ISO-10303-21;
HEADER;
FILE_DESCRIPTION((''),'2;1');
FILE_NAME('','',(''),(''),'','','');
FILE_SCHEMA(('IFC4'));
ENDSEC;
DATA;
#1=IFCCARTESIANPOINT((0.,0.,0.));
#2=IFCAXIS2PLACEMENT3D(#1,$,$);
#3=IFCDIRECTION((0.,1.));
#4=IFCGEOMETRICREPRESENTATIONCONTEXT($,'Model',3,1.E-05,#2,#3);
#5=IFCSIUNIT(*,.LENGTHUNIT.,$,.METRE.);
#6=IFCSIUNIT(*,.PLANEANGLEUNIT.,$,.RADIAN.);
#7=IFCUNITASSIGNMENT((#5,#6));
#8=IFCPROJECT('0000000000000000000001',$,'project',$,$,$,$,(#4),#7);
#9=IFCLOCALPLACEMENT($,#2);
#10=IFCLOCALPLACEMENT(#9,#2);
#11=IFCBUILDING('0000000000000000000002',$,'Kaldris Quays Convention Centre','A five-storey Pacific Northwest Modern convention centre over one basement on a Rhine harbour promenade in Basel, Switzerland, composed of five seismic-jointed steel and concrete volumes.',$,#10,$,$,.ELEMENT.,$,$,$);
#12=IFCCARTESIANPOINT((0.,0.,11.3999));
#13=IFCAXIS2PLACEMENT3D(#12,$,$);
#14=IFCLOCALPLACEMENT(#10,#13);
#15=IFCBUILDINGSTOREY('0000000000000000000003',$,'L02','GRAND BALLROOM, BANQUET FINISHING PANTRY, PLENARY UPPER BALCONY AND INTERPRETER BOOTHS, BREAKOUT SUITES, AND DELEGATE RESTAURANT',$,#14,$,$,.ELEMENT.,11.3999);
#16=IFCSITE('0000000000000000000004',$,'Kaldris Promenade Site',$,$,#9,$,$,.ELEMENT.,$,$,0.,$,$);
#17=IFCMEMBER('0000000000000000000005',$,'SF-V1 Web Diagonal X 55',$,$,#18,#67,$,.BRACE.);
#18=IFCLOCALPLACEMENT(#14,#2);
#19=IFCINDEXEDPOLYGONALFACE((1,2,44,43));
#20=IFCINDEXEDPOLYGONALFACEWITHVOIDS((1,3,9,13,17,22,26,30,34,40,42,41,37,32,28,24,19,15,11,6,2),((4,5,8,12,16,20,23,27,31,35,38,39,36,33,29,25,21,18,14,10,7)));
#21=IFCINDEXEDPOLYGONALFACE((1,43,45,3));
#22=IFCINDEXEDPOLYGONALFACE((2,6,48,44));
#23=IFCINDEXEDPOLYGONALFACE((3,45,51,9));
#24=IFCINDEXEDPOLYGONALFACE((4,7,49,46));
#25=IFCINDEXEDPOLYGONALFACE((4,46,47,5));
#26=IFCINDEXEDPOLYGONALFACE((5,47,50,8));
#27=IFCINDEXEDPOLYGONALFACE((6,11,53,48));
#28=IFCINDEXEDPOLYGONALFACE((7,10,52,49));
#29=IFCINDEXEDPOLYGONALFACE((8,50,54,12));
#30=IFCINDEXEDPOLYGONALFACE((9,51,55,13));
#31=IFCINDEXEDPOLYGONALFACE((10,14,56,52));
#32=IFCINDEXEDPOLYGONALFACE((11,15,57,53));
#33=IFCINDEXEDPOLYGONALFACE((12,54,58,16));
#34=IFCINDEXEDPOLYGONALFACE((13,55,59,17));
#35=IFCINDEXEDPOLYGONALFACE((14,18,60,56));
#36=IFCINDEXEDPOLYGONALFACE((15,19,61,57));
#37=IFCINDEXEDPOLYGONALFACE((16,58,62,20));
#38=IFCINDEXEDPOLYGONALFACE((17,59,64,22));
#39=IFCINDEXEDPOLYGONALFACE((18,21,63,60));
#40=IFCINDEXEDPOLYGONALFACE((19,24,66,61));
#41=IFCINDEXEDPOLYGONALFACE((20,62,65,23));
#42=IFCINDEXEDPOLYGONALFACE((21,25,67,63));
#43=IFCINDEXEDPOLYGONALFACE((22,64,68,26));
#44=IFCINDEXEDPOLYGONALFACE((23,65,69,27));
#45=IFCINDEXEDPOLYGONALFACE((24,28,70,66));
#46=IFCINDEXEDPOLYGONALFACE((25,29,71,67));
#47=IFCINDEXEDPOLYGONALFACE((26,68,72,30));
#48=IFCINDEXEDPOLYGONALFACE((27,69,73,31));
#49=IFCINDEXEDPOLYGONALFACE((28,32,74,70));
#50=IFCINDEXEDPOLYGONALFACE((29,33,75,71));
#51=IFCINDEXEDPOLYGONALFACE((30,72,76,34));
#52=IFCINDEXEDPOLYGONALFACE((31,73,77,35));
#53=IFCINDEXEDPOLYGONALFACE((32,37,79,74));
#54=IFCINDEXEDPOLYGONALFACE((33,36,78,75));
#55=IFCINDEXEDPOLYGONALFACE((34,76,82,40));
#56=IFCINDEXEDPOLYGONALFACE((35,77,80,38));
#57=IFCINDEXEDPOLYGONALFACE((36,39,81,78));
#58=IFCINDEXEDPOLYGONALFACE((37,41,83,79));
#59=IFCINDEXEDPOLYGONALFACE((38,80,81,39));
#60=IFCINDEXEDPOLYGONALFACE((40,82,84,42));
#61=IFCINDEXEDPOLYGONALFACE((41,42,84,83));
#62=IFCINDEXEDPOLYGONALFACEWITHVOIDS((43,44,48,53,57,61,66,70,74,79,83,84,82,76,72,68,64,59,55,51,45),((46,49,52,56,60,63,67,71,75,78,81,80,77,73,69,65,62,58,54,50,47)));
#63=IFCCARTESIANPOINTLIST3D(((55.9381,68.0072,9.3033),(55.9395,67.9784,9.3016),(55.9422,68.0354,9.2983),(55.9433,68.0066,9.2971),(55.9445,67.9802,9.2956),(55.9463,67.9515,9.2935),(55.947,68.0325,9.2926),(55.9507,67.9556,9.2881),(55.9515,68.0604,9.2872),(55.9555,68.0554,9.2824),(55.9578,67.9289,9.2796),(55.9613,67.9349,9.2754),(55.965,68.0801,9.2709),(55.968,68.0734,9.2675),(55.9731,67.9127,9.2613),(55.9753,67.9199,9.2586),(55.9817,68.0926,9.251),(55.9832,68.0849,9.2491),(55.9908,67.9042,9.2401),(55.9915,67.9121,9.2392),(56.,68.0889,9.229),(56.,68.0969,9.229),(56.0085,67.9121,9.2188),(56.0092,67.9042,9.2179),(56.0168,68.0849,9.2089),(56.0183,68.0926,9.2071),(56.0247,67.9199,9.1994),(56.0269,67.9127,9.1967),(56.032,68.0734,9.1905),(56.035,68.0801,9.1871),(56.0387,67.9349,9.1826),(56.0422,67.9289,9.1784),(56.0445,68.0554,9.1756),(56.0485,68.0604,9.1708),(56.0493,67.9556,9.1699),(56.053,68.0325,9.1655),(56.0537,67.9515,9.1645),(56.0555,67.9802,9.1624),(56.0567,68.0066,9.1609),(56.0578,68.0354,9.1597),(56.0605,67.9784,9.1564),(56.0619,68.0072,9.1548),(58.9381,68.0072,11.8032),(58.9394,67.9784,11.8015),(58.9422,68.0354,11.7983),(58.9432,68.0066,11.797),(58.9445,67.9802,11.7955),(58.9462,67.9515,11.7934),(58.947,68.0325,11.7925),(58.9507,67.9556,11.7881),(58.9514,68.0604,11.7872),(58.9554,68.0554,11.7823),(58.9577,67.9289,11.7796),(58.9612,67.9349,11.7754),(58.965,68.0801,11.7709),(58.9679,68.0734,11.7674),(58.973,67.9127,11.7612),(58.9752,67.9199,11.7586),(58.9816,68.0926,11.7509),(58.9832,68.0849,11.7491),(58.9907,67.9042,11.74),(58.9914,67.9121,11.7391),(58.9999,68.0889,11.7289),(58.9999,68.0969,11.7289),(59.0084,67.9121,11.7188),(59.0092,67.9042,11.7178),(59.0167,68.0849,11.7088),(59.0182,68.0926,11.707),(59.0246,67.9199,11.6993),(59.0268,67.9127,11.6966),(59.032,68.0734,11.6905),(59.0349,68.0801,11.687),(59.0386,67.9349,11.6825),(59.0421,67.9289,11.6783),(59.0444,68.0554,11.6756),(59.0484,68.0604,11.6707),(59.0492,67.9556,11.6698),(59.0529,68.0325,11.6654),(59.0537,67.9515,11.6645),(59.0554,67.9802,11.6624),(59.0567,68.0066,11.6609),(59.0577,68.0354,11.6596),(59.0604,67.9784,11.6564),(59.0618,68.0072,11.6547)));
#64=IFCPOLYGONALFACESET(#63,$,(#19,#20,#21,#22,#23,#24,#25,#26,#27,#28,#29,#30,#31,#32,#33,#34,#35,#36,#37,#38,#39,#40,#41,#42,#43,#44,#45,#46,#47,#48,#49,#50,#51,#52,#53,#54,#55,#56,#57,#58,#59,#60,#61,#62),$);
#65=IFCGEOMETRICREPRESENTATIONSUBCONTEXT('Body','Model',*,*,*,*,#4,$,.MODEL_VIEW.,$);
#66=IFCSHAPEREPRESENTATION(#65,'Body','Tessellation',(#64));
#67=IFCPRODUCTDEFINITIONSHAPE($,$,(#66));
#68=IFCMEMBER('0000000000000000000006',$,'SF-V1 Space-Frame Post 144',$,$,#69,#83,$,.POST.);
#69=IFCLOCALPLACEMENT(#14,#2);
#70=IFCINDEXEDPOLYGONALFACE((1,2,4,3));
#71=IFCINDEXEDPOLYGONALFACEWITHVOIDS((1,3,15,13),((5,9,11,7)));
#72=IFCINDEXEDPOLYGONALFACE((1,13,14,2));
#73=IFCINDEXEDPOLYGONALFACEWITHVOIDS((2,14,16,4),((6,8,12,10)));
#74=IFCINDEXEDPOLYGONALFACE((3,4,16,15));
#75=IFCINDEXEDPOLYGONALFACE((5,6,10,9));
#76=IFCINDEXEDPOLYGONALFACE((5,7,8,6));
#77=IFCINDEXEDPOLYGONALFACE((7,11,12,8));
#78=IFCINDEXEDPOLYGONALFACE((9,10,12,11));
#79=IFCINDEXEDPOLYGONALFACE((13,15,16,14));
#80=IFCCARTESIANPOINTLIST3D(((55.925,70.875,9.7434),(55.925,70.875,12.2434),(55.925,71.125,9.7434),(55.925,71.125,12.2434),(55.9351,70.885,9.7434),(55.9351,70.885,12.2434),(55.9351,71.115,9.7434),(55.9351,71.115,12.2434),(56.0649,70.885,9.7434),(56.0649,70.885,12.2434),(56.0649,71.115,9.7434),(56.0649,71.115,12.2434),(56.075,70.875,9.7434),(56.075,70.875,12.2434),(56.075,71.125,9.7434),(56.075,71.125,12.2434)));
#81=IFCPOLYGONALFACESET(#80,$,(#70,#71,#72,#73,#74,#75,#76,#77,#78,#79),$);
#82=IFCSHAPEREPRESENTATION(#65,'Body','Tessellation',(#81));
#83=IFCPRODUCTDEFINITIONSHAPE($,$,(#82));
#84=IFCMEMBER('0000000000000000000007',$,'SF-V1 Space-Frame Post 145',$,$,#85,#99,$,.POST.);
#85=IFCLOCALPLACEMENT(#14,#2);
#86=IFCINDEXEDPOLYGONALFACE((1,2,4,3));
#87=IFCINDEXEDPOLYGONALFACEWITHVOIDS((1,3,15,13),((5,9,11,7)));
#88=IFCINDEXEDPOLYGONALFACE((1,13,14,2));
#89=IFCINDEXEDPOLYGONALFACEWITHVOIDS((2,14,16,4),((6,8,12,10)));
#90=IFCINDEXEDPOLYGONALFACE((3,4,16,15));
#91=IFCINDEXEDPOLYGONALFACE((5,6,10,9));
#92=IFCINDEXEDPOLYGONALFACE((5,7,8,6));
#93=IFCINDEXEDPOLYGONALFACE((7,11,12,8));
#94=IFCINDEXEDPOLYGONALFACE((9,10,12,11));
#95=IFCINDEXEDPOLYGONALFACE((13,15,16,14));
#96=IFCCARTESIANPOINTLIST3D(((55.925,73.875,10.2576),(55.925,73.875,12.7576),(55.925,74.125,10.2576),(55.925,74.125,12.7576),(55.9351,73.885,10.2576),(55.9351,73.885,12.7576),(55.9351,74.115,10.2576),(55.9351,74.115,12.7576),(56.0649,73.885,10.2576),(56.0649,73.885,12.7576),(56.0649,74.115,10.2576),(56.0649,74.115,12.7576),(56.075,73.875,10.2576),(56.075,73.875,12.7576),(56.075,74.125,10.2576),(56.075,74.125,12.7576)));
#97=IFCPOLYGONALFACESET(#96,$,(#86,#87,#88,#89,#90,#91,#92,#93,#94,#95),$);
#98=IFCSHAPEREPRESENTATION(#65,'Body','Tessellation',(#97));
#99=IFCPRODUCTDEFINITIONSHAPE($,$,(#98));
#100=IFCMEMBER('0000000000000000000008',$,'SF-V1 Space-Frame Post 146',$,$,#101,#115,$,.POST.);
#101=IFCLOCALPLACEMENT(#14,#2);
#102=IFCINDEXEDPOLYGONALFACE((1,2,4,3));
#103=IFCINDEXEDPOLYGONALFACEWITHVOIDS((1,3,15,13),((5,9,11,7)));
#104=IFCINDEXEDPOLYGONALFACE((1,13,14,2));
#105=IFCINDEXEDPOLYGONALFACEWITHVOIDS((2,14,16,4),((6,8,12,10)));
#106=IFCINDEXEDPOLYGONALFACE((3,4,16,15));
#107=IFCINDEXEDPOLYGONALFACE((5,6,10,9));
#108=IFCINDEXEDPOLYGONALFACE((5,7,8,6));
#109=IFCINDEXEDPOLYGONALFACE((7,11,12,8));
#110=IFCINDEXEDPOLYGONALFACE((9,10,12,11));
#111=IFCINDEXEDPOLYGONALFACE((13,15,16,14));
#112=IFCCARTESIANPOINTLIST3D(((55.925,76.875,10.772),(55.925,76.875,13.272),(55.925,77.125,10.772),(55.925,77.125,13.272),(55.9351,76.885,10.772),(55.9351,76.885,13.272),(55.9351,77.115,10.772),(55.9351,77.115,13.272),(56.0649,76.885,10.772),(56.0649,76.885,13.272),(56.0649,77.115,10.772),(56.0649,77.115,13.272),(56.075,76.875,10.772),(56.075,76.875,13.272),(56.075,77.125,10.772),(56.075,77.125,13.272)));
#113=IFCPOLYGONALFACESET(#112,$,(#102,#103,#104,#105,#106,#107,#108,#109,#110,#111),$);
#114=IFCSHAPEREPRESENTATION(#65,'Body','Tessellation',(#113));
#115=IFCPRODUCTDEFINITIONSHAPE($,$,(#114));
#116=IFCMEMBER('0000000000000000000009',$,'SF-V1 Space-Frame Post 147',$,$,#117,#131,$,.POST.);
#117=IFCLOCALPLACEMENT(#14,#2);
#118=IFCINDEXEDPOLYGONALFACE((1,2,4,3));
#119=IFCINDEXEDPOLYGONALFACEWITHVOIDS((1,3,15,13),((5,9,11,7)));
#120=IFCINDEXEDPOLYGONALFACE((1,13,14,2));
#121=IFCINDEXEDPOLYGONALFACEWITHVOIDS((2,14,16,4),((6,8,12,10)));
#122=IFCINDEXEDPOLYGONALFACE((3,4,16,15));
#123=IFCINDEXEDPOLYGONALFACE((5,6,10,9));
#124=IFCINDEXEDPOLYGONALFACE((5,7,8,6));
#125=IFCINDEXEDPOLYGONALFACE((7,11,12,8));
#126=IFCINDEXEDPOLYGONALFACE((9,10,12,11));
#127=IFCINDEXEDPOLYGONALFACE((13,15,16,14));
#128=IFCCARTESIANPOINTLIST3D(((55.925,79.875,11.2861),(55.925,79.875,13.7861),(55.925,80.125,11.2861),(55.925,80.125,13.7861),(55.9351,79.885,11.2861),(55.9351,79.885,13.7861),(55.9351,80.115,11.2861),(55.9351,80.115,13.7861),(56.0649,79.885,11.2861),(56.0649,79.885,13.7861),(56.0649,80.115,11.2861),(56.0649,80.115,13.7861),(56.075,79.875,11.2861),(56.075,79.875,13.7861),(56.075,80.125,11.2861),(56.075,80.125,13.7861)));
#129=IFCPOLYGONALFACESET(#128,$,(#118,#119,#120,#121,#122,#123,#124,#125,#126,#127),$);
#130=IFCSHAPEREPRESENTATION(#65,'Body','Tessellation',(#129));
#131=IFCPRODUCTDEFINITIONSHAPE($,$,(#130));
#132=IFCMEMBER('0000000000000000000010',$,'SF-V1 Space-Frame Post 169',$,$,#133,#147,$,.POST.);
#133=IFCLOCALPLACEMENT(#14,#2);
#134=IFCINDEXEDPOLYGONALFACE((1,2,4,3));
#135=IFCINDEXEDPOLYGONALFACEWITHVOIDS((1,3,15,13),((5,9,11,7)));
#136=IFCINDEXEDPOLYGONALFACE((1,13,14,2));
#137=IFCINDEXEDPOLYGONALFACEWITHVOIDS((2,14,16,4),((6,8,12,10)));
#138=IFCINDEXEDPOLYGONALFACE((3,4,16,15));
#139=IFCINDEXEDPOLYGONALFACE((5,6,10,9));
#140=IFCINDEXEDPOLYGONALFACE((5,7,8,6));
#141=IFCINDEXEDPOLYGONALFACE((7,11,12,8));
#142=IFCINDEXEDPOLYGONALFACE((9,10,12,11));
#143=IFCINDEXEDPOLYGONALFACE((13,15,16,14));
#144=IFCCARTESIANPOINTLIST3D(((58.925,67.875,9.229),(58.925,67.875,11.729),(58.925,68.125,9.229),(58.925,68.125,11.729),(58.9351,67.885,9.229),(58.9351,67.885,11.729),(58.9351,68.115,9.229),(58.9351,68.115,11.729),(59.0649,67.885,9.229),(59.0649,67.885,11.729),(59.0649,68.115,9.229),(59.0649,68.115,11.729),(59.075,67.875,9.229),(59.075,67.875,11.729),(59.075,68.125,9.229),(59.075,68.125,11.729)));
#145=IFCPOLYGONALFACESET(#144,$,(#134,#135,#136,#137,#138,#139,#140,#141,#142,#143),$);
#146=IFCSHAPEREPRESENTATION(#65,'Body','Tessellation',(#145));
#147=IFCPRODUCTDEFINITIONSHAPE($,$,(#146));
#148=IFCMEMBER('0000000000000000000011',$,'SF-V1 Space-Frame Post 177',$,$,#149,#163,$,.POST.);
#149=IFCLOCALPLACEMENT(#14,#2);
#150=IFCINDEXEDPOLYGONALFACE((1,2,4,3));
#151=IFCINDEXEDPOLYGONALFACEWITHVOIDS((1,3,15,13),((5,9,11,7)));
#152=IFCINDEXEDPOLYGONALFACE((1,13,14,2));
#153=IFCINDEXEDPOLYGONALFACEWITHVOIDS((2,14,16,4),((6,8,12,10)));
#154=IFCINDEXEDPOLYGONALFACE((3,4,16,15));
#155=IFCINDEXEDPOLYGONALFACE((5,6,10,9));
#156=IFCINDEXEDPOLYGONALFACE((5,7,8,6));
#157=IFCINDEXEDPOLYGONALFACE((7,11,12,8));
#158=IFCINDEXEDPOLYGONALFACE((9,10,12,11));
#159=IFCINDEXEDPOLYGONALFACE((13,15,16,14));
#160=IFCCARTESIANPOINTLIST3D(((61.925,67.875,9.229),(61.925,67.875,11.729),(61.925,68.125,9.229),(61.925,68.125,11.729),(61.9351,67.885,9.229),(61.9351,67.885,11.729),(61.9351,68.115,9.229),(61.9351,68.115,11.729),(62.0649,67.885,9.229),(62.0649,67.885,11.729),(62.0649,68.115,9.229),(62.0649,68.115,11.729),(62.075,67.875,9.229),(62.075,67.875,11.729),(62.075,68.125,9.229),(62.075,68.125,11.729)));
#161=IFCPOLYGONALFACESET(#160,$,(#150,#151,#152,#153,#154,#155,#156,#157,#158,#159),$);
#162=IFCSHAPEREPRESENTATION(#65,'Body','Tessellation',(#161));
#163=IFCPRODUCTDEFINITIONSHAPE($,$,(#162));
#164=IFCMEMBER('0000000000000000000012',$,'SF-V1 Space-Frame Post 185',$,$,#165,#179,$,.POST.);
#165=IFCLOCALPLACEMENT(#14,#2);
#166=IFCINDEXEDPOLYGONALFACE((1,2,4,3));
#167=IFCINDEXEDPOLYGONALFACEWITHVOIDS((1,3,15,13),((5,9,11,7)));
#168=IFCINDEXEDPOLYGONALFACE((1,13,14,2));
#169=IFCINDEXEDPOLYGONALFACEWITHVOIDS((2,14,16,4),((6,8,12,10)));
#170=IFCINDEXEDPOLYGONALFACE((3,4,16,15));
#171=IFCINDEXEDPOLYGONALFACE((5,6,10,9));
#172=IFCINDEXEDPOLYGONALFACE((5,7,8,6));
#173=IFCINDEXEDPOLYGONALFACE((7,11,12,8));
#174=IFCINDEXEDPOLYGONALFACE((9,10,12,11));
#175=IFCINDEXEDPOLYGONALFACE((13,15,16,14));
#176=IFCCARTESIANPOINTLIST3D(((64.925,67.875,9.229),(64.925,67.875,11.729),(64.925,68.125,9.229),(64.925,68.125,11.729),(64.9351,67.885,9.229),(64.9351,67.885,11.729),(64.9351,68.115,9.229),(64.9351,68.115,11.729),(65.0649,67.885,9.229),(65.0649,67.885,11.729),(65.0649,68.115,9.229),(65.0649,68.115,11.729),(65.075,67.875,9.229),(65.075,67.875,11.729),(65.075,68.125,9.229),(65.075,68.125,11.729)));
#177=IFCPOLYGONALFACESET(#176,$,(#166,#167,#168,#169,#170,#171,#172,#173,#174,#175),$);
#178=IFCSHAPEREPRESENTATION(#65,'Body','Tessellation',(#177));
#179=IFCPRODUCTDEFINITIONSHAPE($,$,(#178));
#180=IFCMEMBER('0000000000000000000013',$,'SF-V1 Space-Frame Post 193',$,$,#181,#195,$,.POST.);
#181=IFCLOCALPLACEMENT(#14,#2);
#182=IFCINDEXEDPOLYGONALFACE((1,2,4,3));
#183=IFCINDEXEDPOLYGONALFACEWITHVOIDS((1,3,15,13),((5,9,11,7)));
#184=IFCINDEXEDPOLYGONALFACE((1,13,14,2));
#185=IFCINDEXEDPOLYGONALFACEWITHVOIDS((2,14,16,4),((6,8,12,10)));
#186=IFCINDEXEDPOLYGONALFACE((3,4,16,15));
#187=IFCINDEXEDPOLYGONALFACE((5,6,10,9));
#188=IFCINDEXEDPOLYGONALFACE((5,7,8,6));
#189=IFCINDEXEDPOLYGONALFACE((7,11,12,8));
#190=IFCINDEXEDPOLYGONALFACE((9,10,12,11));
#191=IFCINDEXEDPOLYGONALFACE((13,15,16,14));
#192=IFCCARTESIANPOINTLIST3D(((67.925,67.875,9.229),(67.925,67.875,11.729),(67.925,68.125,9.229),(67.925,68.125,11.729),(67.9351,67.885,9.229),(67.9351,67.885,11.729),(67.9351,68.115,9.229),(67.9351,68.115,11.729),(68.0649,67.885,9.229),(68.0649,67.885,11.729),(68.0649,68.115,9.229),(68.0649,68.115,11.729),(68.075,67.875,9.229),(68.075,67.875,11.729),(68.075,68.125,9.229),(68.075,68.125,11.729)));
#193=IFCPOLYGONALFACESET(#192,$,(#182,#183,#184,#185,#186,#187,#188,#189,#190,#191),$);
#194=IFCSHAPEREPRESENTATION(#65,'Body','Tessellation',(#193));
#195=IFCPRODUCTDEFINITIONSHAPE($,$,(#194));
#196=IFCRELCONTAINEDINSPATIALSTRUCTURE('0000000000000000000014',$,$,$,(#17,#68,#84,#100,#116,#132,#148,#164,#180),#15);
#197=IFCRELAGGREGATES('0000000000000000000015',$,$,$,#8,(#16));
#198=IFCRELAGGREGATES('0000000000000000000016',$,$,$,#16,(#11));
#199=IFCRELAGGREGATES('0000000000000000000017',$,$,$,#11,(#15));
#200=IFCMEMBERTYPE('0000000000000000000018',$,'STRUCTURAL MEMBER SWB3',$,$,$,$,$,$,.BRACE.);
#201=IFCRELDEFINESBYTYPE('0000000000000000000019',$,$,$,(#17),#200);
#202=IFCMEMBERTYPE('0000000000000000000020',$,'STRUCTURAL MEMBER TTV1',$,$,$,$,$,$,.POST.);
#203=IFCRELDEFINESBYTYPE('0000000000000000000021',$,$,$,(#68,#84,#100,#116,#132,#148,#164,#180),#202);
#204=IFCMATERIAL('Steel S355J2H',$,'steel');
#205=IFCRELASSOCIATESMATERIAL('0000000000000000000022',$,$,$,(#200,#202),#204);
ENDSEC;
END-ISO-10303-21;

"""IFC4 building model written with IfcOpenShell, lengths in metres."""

from ifc_helpers import new_model, si_unit, direction, frame, origin, origin_2d, place, context, subcontext, project, spatial, hollow_rectangle, hollow_circle, extrude, material, material_profile, profile_set, type_object, element, save


model = new_model("IFC4")

# Units and contexts
model_context = context("Model", 3, precision=1e-05, world=origin(), true_north=direction((0.0, 1.0)))
body_context = subcontext(model_context, "Body", "Model", "MODEL_VIEW")
ifc_project = project(units=[si_unit("LENGTHUNIT", "METRE"), si_unit("PLANEANGLEUNIT", "RADIAN")], contexts=[model_context])

# Site, building, storey
site_placement = place(None, origin())
site = spatial("IfcSite", under=ifc_project, at=site_placement, Name="Kaldris Promenade Site", CompositionType="ELEMENT", RefElevation=0.0)
building_placement = place(site_placement, origin())
building = spatial("IfcBuilding", under=site, at=building_placement, Name="Kaldris Quays Convention Centre", Description="A five-storey Pacific Northwest Modern convention centre over one basement on a Rhine harbour promenade in Basel, Switzerland, composed of five seismic-jointed steel and concrete volumes.", CompositionType="ELEMENT")
storey_placement = place(building_placement, frame((0.0, 0.0, 11.3999)))
storey = spatial("IfcBuildingStorey", under=building, at=storey_placement, Name="L02", Description="GRAND BALLROOM, BANQUET FINISHING PANTRY, PLENARY UPPER BALCONY AND INTERPRETER BOOTHS, BREAKOUT SUITES, AND DELEGATE RESTAURANT", CompositionType="ELEMENT", Elevation=11.3999)

# Members
ifc_material = material(Name="Steel S355J2H", Category="steel")
ifc_material_profile_1 = material_profile(ifc_material, hollow_circle(Radius=0.0969, WallThickness=0.0081, at=origin_2d()), Name="CHS 193.7x8")
ifc_profile_set_1 = profile_set([ifc_material_profile_1], Name="Steel S355J2H")
member_type_1 = type_object("IfcMemberType", Name="STRUCTURAL MEMBER SWB3", PredefinedType="BRACE", material=ifc_profile_set_1)
member_1_placement = place(storey_placement, frame((56.0, 68.0, 9.229), z_axis=(0.768221, 0.0, 0.640184), x_axis=(0.0, 1.0, 0.0)))
element("IfcMember", 1, at=member_1_placement, inside=storey, type_object=member_type_1, Name="SF-V1 Web Diagonal X 55", PredefinedType="BRACE", context=body_context, shape_type="SweptSolid", body=[
    extrude(hollow_circle(Radius=0.0969, WallThickness=0.0081, at=origin_2d()), origin(), (0.0, 0.0, 1.0), 3.905),
])
ifc_material_profile_2 = material_profile(ifc_material, hollow_rectangle(XDim=0.1499, YDim=0.25, WallThickness=0.01, at=origin_2d()), Name="RHS 250x150x10")
ifc_profile_set_2 = profile_set([ifc_material_profile_2], Name="Steel S355J2H")
member_type_2 = type_object("IfcMemberType", Name="STRUCTURAL MEMBER TTV1", PredefinedType="POST", material=ifc_profile_set_2)
for number, where, z_axis, x_axis, name in (
    (2, (56.0, 71.0, 9.7434), (0.0, 0.0, 1.0), (1.0, 0.0, 0.0), "SF-V1 Space-Frame Post 144"),
    (3, (56.0, 74.0, 10.2576), (0.0, 0.0, 1.0), (1.0, 0.0, 0.0), "SF-V1 Space-Frame Post 145"),
    (4, (56.0, 77.0, 10.772), (0.0, 0.0, 1.0), (1.0, 0.0, 0.0), "SF-V1 Space-Frame Post 146"),
    (5, (56.0, 80.0, 11.2861), (0.0, 0.0, 1.0), (1.0, 0.0, 0.0), "SF-V1 Space-Frame Post 147"),
    (6, (59.0, 68.0, 9.229), (0.0, 0.0, 1.0), (1.0, 0.0, 0.0), "SF-V1 Space-Frame Post 169"),
    (7, (62.0, 68.0, 9.229), (0.0, 0.0, 1.0), (1.0, 0.0, 0.0), "SF-V1 Space-Frame Post 177"),
    (8, (65.0, 68.0, 9.229), (0.0, 0.0, 1.0), (1.0, 0.0, 0.0), "SF-V1 Space-Frame Post 185"),
    (9, (68.0, 68.0, 9.229), (0.0, 0.0, 1.0), (1.0, 0.0, 0.0), "SF-V1 Space-Frame Post 193"),
):
    element("IfcMember", number, at=place(storey_placement, frame(where, z_axis=z_axis, x_axis=x_axis)), inside=storey, type_object=member_type_2, Name=name, PredefinedType="POST", context=body_context, shape_type="SweptSolid", body=[
        extrude(hollow_rectangle(XDim=0.1499, YDim=0.25, WallThickness=0.01, at=origin_2d()), origin(), (0.0, 0.0, 1.0), 2.5),
    ])

save(model, "model.ifc")
